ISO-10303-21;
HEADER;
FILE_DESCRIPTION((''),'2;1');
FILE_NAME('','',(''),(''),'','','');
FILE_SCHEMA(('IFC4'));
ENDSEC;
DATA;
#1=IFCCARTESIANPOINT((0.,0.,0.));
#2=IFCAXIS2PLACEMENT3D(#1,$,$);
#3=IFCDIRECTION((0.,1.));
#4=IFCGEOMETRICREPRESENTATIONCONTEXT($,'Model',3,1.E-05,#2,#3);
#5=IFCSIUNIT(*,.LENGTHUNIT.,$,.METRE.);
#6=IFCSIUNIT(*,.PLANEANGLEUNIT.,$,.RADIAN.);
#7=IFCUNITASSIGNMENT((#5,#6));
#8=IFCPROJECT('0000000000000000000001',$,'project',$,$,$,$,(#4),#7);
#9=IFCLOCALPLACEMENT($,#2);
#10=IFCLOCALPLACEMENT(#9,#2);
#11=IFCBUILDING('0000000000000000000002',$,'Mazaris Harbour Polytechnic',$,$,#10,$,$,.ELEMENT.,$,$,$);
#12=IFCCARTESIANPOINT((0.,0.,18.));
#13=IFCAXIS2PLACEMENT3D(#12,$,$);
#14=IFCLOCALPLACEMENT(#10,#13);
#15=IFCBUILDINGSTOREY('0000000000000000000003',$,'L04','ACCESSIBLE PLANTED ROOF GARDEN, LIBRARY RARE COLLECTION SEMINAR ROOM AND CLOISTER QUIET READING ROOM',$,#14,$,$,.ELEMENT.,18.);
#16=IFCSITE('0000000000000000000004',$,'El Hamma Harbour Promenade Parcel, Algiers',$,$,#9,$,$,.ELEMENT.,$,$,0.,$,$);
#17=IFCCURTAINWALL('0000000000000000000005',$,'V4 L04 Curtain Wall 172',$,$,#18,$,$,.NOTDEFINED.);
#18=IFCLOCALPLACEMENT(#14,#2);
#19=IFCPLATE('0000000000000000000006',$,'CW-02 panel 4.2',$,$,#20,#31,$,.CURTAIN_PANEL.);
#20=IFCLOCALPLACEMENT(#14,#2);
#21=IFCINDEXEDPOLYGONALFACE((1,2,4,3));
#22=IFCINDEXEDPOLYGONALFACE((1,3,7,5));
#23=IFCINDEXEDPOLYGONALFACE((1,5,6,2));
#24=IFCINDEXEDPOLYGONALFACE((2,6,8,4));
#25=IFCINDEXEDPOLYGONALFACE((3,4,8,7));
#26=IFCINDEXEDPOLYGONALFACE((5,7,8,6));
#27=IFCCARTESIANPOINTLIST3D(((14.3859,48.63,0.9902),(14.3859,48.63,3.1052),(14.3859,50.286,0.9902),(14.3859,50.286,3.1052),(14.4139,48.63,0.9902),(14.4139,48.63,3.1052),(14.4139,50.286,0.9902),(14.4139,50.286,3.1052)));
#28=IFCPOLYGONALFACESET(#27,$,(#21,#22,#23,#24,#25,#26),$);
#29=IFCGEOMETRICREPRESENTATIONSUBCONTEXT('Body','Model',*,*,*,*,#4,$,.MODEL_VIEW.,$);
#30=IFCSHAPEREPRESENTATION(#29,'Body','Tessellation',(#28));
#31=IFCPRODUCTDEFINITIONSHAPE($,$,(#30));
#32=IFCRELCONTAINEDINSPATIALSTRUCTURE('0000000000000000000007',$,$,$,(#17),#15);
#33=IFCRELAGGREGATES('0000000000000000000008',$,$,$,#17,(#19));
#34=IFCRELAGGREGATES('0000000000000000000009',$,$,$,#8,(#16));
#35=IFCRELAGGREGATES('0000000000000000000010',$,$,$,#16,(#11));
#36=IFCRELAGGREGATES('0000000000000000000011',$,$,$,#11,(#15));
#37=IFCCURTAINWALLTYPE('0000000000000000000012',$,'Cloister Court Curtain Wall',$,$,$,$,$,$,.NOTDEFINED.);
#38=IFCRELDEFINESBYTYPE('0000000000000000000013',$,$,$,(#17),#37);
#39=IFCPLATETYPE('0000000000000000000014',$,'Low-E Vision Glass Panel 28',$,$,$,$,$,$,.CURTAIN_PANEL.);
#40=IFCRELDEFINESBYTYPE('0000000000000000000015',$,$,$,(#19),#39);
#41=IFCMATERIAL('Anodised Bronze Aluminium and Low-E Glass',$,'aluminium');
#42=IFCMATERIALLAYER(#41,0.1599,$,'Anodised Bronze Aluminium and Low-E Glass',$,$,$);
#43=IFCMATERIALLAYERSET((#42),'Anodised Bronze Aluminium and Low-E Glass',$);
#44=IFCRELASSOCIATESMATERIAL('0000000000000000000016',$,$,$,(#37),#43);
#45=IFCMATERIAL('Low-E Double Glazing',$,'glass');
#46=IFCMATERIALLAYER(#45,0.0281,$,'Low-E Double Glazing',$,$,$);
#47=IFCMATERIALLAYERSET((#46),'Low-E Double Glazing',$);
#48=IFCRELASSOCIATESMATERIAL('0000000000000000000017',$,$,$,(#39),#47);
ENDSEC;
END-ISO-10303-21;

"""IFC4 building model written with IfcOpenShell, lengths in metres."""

from ifc_helpers import new_model, si_unit, direction, frame, origin, origin_2d, place, context, subcontext, project, spatial, rectangle, extrude, material, layer, layer_set, type_object, element, aggregate, save


model = new_model("IFC4")

# Units and contexts
model_context = context("Model", 3, precision=1e-05, world=origin(), true_north=direction((0.0, 1.0)))
body_context = subcontext(model_context, "Body", "Model", "MODEL_VIEW")
ifc_project = project(units=[si_unit("LENGTHUNIT", "METRE"), si_unit("PLANEANGLEUNIT", "RADIAN")], contexts=[model_context])

# Site, building, storey
site_placement = place(None, origin())
site = spatial("IfcSite", under=ifc_project, at=site_placement, Name="El Hamma Harbour Promenade Parcel, Algiers", CompositionType="ELEMENT", RefElevation=0.0)
building_placement = place(site_placement, origin())
building = spatial("IfcBuilding", under=site, at=building_placement, Name="Mazaris Harbour Polytechnic", CompositionType="ELEMENT")
storey_placement = place(building_placement, frame((0.0, 0.0, 18.0)))
storey = spatial("IfcBuildingStorey", under=building, at=storey_placement, Name="L04", Description="ACCESSIBLE PLANTED ROOF GARDEN, LIBRARY RARE COLLECTION SEMINAR ROOM AND CLOISTER QUIET READING ROOM", CompositionType="ELEMENT", Elevation=18.0)

# Curtain wall
ifc_material_1 = material(Name="Anodised Bronze Aluminium and Low-E Glass", Category="aluminium")
ifc_layer_1 = layer(ifc_material_1, 0.1599, Name="Anodised Bronze Aluminium and Low-E Glass")
ifc_layer_set_1 = layer_set([ifc_layer_1], Name="Anodised Bronze Aluminium and Low-E Glass")
curtain_wall_type = type_object("IfcCurtainWallType", Name="Cloister Court Curtain Wall", PredefinedType="NOTDEFINED", material=ifc_layer_set_1)
curtain_wall_placement = place(storey_placement, origin())
curtain_wall = element("IfcCurtainWall", 1, at=curtain_wall_placement, inside=storey, type_object=curtain_wall_type, Name="V4 L04 Curtain Wall 172", PredefinedType="NOTDEFINED")

# Plate
ifc_material_2 = material(Name="Low-E Double Glazing", Category="glass")
ifc_layer_2 = layer(ifc_material_2, 0.0281, Name="Low-E Double Glazing")
ifc_layer_set_2 = layer_set([ifc_layer_2], Name="Low-E Double Glazing")
plate_type = type_object("IfcPlateType", Name="Low-E Vision Glass Panel 28", PredefinedType="CURTAIN_PANEL", material=ifc_layer_set_2)
plate_1_placement = place(storey_placement, frame((14.3999, 49.458, 0.9902), z_axis=(0.0, 0.0, 1.0), x_axis=(0.0, 1.0, 0.0)))
plate_1 = element("IfcPlate", 2, at=plate_1_placement, type_object=plate_type, Name="CW-02 panel 4.2", PredefinedType="CURTAIN_PANEL", context=body_context, shape_type="SweptSolid", body=[
    extrude(rectangle(XDim=1.656, YDim=0.0281, at=origin_2d()), origin(), (0.0, 0.0, 1.0), 2.115),
])
aggregate(curtain_wall, [plate_1])

save(model, "model.ifc")
